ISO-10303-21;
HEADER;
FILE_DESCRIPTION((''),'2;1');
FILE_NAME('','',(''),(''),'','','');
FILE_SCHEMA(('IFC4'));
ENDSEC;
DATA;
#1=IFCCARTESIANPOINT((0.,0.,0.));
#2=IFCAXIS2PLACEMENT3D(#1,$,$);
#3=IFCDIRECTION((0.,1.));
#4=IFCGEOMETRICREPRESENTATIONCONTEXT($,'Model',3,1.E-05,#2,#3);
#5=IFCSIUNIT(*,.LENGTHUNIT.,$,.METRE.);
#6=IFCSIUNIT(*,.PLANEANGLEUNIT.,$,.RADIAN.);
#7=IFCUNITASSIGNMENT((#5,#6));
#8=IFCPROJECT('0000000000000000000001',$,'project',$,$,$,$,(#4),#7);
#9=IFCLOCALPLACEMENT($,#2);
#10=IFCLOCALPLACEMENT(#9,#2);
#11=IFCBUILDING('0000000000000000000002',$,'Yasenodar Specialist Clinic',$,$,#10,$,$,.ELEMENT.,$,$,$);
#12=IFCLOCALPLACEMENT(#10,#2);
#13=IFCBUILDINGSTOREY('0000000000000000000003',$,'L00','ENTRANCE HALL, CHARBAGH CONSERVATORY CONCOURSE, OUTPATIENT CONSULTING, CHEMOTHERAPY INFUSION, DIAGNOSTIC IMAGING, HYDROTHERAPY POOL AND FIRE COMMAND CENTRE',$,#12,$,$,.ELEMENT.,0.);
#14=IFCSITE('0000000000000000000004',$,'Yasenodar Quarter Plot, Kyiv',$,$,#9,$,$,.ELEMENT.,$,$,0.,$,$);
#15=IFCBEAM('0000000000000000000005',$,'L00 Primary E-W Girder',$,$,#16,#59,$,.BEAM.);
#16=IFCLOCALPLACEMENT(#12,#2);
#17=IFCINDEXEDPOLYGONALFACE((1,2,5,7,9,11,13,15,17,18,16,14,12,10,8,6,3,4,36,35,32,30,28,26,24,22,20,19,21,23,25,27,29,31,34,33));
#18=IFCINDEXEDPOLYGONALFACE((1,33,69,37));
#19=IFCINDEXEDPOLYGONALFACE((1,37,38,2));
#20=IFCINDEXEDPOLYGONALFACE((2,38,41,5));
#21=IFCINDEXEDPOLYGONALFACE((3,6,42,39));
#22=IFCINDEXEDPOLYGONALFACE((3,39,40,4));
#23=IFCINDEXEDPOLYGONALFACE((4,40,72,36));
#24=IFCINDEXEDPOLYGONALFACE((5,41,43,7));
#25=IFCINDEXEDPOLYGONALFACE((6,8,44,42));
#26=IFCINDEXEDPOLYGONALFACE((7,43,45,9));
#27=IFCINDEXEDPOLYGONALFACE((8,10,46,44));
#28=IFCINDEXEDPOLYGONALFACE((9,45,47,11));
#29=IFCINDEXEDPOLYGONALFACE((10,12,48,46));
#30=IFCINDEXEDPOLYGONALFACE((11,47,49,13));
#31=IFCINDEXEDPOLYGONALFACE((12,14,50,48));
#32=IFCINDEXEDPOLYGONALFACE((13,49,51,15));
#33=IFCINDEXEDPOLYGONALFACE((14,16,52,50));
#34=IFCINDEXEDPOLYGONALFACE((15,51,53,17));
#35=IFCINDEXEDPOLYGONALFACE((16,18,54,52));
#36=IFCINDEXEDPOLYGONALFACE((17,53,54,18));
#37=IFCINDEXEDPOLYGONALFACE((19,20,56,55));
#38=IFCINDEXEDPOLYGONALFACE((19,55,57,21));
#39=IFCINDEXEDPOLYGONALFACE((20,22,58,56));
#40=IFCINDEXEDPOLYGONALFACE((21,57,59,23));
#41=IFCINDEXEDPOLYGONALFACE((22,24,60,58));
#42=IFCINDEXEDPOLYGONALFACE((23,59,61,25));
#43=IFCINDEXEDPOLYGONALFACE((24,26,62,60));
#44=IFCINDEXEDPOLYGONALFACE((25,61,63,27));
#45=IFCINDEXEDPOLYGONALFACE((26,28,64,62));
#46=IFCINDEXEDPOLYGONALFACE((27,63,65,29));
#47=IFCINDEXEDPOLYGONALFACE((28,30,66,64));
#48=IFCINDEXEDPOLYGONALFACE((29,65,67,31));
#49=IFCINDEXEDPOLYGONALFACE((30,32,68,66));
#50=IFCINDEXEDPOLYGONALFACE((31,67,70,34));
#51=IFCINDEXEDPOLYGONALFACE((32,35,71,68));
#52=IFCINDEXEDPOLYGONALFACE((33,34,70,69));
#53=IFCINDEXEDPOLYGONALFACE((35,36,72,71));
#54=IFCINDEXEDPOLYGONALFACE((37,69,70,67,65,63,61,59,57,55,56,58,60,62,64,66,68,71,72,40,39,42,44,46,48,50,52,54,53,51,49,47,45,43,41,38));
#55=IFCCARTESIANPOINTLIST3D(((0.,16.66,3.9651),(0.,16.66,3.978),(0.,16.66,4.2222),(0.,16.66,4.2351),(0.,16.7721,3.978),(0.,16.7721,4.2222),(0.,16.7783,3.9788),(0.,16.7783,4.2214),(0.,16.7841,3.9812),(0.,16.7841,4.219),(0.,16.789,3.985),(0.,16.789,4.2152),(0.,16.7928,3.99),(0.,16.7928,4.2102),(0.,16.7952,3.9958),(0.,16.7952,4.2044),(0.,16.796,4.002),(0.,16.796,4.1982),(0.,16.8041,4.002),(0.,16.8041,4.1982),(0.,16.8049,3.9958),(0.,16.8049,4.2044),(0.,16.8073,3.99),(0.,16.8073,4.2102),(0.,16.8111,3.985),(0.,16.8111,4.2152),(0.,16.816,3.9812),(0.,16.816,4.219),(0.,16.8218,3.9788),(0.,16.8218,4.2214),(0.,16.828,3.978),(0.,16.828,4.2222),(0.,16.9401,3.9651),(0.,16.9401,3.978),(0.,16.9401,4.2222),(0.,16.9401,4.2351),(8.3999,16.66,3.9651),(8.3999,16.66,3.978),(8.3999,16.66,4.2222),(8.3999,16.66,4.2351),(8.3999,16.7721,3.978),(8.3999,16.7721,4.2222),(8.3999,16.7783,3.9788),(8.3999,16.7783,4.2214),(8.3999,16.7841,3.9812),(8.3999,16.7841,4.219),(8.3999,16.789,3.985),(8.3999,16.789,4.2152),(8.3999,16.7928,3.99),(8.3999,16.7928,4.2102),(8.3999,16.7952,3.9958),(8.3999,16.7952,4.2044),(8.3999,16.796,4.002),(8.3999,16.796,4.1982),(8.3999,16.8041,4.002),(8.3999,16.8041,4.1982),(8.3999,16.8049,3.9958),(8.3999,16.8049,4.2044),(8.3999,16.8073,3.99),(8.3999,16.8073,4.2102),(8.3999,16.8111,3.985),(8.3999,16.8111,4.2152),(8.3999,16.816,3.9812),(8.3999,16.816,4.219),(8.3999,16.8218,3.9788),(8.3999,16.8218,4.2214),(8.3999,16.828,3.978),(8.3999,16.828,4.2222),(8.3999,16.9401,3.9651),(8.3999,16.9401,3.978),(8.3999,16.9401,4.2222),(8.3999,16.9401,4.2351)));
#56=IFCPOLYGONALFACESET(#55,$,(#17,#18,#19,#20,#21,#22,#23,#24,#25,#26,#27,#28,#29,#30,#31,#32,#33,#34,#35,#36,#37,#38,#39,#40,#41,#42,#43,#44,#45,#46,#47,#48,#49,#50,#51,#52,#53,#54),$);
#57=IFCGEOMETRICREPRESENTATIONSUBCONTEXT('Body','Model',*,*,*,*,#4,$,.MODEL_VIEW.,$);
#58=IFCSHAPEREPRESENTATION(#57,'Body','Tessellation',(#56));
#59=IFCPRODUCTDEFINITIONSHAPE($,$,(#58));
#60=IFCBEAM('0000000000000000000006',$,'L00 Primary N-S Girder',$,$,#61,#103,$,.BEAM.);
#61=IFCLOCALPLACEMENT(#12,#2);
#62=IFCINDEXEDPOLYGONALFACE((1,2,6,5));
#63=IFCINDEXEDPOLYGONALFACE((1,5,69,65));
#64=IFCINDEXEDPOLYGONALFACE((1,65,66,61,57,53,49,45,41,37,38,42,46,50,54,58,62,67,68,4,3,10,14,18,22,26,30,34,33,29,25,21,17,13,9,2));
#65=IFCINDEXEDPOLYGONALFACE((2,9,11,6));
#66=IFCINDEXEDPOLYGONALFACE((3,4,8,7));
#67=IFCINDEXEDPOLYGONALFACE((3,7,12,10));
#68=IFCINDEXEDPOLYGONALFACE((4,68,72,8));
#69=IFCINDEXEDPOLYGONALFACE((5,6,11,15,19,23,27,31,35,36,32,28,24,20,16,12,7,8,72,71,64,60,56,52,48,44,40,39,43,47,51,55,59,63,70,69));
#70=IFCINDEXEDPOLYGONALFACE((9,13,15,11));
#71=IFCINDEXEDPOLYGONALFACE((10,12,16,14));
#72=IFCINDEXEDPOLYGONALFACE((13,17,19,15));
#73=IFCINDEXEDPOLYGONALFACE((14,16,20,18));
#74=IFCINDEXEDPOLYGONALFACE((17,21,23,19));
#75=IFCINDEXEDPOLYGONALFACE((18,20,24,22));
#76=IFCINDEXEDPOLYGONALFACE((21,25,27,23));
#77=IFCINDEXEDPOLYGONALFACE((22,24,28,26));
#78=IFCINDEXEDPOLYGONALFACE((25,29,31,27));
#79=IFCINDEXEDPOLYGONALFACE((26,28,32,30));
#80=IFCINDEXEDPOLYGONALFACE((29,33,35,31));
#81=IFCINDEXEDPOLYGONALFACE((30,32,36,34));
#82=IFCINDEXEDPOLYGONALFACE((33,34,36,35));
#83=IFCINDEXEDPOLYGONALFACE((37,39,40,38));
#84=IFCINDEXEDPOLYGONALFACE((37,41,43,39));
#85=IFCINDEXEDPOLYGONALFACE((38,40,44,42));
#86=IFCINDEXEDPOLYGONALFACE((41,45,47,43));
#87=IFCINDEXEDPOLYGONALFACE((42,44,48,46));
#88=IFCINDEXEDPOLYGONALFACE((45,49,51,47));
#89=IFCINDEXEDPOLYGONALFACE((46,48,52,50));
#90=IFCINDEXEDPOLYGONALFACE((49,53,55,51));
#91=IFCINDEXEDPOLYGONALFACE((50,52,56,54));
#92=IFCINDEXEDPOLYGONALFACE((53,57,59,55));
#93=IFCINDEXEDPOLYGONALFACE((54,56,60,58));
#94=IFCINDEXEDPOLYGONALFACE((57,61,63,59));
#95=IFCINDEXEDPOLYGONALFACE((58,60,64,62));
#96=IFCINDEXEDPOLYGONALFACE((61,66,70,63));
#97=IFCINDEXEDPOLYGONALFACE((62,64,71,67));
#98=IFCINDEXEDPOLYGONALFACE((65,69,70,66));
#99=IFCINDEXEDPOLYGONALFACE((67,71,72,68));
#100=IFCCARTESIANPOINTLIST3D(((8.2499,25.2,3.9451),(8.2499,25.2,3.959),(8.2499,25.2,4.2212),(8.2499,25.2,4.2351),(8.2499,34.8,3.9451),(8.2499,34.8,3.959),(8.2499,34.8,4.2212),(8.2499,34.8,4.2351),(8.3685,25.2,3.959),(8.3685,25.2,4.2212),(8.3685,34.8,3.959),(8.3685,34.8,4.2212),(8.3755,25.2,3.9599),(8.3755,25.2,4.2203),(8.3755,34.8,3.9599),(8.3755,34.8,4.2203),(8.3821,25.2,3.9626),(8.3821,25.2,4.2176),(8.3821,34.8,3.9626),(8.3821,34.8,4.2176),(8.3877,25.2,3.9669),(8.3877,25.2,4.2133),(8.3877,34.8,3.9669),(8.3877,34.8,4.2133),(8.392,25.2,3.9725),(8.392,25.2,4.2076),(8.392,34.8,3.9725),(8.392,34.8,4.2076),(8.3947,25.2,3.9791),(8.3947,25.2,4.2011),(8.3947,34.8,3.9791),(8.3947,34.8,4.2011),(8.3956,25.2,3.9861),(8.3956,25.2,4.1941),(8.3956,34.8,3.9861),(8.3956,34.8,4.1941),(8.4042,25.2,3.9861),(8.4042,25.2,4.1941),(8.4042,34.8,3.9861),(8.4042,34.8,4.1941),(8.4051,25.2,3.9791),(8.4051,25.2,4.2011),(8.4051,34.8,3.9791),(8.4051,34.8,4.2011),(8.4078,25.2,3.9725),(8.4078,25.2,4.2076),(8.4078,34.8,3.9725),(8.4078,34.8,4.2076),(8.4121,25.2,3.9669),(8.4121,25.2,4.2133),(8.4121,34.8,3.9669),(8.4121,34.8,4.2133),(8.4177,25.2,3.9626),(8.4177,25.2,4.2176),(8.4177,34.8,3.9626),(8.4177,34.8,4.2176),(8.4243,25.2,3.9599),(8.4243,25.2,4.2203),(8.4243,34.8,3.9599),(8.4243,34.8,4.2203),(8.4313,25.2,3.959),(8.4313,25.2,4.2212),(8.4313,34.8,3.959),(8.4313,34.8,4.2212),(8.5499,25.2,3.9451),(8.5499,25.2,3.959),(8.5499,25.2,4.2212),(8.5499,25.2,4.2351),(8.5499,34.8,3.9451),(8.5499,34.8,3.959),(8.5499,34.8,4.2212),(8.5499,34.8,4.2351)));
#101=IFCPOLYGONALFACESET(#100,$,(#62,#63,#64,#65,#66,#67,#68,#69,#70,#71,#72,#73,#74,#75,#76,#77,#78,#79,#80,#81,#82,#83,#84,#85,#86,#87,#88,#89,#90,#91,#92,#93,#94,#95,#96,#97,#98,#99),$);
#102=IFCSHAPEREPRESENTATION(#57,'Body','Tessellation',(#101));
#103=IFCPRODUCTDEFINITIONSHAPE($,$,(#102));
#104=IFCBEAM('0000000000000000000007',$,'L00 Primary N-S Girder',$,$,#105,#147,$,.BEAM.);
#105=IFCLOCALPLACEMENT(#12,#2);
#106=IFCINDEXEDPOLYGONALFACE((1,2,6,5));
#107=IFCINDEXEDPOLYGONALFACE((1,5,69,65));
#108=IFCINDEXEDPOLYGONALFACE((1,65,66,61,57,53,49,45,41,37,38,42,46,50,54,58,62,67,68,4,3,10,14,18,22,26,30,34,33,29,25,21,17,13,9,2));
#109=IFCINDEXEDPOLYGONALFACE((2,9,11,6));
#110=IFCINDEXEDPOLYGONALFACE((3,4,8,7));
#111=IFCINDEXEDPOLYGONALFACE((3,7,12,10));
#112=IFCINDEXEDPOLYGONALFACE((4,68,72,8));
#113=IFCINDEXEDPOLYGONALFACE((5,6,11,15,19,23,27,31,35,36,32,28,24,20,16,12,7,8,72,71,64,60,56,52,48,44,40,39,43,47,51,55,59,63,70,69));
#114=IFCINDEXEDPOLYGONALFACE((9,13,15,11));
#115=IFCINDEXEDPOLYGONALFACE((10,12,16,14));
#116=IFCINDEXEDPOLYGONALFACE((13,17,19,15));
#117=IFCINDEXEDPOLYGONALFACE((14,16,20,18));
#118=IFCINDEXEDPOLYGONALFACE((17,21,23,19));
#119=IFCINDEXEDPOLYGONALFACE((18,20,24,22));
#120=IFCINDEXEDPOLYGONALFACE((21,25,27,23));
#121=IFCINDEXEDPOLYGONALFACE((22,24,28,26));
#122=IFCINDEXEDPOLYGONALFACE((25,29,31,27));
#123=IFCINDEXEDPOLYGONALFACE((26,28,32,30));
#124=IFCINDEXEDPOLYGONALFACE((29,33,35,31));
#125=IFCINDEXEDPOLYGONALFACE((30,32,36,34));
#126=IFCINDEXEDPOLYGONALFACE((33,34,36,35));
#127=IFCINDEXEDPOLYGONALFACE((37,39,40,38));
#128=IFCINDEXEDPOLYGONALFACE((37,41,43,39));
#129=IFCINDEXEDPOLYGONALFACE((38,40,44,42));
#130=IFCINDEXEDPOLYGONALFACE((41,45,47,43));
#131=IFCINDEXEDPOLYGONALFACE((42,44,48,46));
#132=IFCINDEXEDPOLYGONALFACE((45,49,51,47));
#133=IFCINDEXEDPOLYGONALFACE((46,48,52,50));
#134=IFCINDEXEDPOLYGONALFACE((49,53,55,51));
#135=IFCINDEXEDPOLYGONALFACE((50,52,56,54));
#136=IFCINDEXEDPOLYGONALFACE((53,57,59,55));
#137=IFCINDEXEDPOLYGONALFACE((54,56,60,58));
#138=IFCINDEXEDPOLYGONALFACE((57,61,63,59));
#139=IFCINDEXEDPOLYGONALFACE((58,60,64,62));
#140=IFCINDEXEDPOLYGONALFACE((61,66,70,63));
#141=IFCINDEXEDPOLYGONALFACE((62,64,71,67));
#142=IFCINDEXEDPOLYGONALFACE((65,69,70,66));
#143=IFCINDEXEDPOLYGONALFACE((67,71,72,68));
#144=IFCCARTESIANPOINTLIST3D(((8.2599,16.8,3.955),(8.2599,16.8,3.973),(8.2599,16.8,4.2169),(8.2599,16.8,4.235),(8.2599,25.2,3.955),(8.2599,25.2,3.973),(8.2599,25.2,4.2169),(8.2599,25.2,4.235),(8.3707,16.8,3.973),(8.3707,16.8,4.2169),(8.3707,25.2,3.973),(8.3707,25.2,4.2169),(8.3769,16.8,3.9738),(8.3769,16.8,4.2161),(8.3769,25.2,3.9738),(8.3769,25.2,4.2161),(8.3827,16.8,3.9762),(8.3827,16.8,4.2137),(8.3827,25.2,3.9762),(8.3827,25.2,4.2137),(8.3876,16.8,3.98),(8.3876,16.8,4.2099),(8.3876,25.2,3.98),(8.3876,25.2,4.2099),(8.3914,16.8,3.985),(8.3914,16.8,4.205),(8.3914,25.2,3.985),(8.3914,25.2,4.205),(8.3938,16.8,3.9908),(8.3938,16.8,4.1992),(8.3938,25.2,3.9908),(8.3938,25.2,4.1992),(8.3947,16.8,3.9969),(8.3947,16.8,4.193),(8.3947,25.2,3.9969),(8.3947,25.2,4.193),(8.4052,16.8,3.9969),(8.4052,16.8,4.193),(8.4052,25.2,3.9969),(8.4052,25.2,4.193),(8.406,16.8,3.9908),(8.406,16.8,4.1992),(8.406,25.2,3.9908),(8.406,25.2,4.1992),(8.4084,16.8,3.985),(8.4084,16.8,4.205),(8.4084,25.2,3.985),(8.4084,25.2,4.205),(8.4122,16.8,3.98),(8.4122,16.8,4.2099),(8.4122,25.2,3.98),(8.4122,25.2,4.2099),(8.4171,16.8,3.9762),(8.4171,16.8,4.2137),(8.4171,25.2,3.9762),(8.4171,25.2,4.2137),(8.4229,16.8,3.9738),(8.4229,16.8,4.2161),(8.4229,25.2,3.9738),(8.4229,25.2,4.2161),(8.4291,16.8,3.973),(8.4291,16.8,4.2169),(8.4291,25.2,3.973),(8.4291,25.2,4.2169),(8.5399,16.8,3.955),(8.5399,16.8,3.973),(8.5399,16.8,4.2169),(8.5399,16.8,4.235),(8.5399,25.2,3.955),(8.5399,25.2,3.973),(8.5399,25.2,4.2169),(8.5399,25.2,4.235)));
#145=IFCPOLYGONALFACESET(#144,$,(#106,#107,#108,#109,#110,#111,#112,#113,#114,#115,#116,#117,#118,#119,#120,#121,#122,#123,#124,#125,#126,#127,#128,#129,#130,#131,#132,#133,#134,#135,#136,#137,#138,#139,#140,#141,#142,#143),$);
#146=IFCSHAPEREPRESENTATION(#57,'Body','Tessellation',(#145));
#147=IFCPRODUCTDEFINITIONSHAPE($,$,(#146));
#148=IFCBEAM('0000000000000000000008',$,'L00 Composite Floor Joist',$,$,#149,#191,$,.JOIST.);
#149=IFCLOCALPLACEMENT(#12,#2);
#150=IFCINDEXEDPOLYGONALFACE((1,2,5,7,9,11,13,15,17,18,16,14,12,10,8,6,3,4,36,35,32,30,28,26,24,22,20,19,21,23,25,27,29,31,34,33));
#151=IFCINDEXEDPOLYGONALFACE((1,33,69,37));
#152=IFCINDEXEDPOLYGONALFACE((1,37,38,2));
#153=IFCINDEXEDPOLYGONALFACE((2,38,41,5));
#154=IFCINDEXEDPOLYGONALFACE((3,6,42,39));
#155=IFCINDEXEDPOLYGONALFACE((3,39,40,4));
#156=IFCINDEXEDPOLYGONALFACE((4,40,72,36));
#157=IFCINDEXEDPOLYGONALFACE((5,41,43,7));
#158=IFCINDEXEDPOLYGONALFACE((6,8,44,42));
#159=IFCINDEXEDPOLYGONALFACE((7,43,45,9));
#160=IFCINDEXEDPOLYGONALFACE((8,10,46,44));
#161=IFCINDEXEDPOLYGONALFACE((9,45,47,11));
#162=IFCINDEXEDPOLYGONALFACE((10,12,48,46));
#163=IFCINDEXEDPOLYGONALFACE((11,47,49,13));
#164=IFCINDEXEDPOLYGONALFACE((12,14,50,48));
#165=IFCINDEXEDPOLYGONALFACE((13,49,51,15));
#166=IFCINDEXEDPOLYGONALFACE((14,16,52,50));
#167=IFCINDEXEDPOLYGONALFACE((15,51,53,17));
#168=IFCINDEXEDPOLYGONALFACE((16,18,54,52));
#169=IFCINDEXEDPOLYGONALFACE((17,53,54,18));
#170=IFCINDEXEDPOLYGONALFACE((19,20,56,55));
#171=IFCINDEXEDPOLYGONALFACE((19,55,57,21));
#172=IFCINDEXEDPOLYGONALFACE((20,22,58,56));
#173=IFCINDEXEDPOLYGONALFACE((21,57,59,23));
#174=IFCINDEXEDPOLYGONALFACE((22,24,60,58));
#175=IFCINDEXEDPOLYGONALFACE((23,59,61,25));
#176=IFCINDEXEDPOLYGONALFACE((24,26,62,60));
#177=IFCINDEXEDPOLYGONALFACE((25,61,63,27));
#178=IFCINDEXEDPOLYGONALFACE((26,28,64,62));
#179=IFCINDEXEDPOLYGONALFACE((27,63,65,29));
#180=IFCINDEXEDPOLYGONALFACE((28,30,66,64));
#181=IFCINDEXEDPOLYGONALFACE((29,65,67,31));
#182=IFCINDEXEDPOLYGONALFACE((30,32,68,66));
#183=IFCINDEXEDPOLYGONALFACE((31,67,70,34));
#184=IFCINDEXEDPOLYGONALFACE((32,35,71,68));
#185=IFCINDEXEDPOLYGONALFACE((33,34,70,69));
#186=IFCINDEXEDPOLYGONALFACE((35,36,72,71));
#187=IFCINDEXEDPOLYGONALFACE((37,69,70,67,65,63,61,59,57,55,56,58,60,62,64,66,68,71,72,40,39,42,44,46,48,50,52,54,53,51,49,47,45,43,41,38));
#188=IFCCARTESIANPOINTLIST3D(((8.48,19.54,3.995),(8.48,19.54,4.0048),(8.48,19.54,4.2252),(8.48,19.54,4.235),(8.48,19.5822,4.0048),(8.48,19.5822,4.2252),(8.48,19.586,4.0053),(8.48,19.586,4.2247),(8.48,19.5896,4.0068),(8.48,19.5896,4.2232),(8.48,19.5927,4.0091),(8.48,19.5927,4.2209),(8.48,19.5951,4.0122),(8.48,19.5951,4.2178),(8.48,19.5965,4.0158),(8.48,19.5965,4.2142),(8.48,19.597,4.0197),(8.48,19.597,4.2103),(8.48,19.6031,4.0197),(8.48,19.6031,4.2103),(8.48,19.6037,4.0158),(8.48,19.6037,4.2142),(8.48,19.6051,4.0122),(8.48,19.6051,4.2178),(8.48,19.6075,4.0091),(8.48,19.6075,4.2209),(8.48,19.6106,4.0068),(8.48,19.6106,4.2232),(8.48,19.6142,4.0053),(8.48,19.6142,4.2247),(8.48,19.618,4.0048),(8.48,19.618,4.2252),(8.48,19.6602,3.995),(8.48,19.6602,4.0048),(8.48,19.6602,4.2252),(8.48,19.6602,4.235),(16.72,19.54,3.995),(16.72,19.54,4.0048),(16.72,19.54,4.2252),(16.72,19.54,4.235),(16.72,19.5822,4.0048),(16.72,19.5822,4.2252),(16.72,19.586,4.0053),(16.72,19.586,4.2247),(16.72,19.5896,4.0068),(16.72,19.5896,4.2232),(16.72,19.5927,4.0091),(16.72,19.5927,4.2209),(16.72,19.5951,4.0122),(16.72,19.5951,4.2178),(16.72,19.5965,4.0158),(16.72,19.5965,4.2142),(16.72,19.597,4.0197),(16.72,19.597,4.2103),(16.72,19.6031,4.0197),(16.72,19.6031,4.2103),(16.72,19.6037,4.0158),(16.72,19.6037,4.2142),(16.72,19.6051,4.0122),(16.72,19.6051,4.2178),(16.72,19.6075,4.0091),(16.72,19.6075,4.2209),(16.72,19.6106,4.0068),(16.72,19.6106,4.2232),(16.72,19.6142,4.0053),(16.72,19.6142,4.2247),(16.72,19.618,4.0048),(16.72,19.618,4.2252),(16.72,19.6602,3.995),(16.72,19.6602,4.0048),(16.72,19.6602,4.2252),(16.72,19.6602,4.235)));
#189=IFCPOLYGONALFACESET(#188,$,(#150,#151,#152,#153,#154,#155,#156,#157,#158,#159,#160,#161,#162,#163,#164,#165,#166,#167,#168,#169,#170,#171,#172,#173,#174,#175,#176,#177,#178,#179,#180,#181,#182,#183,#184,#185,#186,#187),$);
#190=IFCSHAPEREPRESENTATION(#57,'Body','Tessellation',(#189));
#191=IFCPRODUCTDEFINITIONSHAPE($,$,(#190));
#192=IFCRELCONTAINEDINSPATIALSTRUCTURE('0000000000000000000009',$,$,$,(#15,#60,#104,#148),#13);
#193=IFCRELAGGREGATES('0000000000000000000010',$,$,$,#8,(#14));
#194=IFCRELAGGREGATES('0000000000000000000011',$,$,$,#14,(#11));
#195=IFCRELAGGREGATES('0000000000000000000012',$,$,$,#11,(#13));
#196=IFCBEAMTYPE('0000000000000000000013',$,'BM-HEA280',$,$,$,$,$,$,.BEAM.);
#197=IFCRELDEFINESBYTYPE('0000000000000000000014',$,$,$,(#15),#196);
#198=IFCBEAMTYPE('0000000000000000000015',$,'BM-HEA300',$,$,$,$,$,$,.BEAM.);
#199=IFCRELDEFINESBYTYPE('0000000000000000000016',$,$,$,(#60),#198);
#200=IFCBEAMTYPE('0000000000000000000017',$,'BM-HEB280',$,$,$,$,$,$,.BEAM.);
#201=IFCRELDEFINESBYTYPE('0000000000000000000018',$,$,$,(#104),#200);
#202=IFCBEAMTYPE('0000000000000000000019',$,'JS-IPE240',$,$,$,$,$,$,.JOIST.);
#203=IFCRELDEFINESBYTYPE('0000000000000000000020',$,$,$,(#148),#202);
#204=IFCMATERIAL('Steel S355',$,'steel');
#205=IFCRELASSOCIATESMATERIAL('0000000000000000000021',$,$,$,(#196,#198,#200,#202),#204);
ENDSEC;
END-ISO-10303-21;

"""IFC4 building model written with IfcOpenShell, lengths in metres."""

from ifc_helpers import new_model, si_unit, direction, frame, origin, origin_2d, place, context, subcontext, project, spatial, i_section, extrude, material, material_profile, profile_set, type_object, element, save


model = new_model("IFC4")

# Units and contexts
model_context = context("Model", 3, precision=1e-05, world=origin(), true_north=direction((0.0, 1.0)))
body_context = subcontext(model_context, "Body", "Model", "MODEL_VIEW")
ifc_project = project(units=[si_unit("LENGTHUNIT", "METRE"), si_unit("PLANEANGLEUNIT", "RADIAN")], contexts=[model_context])

# Site, building, storey
site_placement = place(None, origin())
site = spatial("IfcSite", under=ifc_project, at=site_placement, Name="Yasenodar Quarter Plot, Kyiv", CompositionType="ELEMENT", RefElevation=0.0)
building_placement = place(site_placement, origin())
building = spatial("IfcBuilding", under=site, at=building_placement, Name="Yasenodar Specialist Clinic", CompositionType="ELEMENT")
storey_placement = place(building_placement, origin())
storey = spatial("IfcBuildingStorey", under=building, at=storey_placement, Name="L00", Description="ENTRANCE HALL, CHARBAGH CONSERVATORY CONCOURSE, OUTPATIENT CONSULTING, CHEMOTHERAPY INFUSION, DIAGNOSTIC IMAGING, HYDROTHERAPY POOL AND FIRE COMMAND CENTRE", CompositionType="ELEMENT", Elevation=0.0)

# Shared definitions
ifc_material_1 = material(Name="Steel S355", Category="steel")

# Beams
ifc_material_profile_1 = material_profile(ifc_material_1, i_section(OverallWidth=0.28, OverallDepth=0.27, WebThickness=0.0081, FlangeThickness=0.0129, FilletRadius=0.0239, at=origin_2d()), Name="HEA 280")
ifc_profile_set_1 = profile_set([ifc_material_profile_1], Name="Steel S355")
beam_type_1 = type_object("IfcBeamType", Name="BM-HEA280", PredefinedType="BEAM", material=ifc_profile_set_1)
beam_1_placement = place(storey_placement, frame((0.0, 16.8, 4.1001), z_axis=(1.0, 0.0, 0.0), x_axis=(0.0, 1.0, 0.0)))
element("IfcBeam", 1, at=beam_1_placement, inside=storey, type_object=beam_type_1, Name="L00 Primary E-W Girder", PredefinedType="BEAM", context=body_context, shape_type="SweptSolid", body=[
    extrude(i_section(OverallWidth=0.28, OverallDepth=0.27, WebThickness=0.0081, FlangeThickness=0.0129, FilletRadius=0.0239, at=origin_2d()), origin(), (0.0, 0.0, 1.0), 8.3999),
])
ifc_material_profile_2 = material_profile(ifc_material_1, i_section(OverallWidth=0.3, OverallDepth=0.29, WebThickness=0.0085, FlangeThickness=0.0139, FilletRadius=0.0271, at=origin_2d()), Name="HEA 300")
ifc_profile_set_2 = profile_set([ifc_material_profile_2], Name="Steel S355")
beam_type_2 = type_object("IfcBeamType", Name="BM-HEA300", PredefinedType="BEAM", material=ifc_profile_set_2)
beam_2_placement = place(storey_placement, frame((8.3999, 25.2, 4.0901), z_axis=(0.0, 1.0, 0.0), x_axis=(-1.0, 0.0, 0.0)))
element("IfcBeam", 2, at=beam_2_placement, inside=storey, type_object=beam_type_2, Name="L00 Primary N-S Girder", PredefinedType="BEAM", context=body_context, shape_type="SweptSolid", body=[
    extrude(i_section(OverallWidth=0.3, OverallDepth=0.29, WebThickness=0.0085, FlangeThickness=0.0139, FilletRadius=0.0271, at=origin_2d()), origin(), (0.0, 0.0, 1.0), 9.6001),
])
ifc_material_profile_3 = material_profile(ifc_material_1, i_section(OverallWidth=0.28, OverallDepth=0.28, WebThickness=0.0105, FlangeThickness=0.0181, FilletRadius=0.0239, at=origin_2d()), Name="HEB 280")
ifc_profile_set_3 = profile_set([ifc_material_profile_3], Name="Steel S355")
beam_type_3 = type_object("IfcBeamType", Name="BM-HEB280", PredefinedType="BEAM", material=ifc_profile_set_3)
beam_3_placement = place(storey_placement, frame((8.3999, 16.8, 4.095), z_axis=(0.0, 1.0, 0.0), x_axis=(-1.0, 0.0, 0.0)))
element("IfcBeam", 3, at=beam_3_placement, inside=storey, type_object=beam_type_3, Name="L00 Primary N-S Girder", PredefinedType="BEAM", context=body_context, shape_type="SweptSolid", body=[
    extrude(i_section(OverallWidth=0.28, OverallDepth=0.28, WebThickness=0.0105, FlangeThickness=0.0181, FilletRadius=0.0239, at=origin_2d()), origin(), (0.0, 0.0, 1.0), 8.3999),
])
ifc_material_profile_4 = material_profile(ifc_material_1, i_section(OverallWidth=0.1201, OverallDepth=0.24, WebThickness=0.0061, FlangeThickness=0.0098, FilletRadius=0.0149, at=origin_2d()), Name="IPE 240")
ifc_profile_set_4 = profile_set([ifc_material_profile_4], Name="Steel S355")
beam_type_4 = type_object("IfcBeamType", Name="JS-IPE240", PredefinedType="JOIST", material=ifc_profile_set_4)
beam_4_placement = place(storey_placement, frame((8.48, 19.6001, 4.115), z_axis=(1.0, 0.0, 0.0), x_axis=(0.0, 1.0, 0.0)))
element("IfcBeam", 4, at=beam_4_placement, inside=storey, type_object=beam_type_4, Name="L00 Composite Floor Joist", PredefinedType="JOIST", context=body_context, shape_type="SweptSolid", body=[
    extrude(i_section(OverallWidth=0.1201, OverallDepth=0.24, WebThickness=0.0061, FlangeThickness=0.0098, FilletRadius=0.0149, at=origin_2d()), origin(), (0.0, 0.0, 1.0), 8.24),
])

save(model, "model.ifc")
